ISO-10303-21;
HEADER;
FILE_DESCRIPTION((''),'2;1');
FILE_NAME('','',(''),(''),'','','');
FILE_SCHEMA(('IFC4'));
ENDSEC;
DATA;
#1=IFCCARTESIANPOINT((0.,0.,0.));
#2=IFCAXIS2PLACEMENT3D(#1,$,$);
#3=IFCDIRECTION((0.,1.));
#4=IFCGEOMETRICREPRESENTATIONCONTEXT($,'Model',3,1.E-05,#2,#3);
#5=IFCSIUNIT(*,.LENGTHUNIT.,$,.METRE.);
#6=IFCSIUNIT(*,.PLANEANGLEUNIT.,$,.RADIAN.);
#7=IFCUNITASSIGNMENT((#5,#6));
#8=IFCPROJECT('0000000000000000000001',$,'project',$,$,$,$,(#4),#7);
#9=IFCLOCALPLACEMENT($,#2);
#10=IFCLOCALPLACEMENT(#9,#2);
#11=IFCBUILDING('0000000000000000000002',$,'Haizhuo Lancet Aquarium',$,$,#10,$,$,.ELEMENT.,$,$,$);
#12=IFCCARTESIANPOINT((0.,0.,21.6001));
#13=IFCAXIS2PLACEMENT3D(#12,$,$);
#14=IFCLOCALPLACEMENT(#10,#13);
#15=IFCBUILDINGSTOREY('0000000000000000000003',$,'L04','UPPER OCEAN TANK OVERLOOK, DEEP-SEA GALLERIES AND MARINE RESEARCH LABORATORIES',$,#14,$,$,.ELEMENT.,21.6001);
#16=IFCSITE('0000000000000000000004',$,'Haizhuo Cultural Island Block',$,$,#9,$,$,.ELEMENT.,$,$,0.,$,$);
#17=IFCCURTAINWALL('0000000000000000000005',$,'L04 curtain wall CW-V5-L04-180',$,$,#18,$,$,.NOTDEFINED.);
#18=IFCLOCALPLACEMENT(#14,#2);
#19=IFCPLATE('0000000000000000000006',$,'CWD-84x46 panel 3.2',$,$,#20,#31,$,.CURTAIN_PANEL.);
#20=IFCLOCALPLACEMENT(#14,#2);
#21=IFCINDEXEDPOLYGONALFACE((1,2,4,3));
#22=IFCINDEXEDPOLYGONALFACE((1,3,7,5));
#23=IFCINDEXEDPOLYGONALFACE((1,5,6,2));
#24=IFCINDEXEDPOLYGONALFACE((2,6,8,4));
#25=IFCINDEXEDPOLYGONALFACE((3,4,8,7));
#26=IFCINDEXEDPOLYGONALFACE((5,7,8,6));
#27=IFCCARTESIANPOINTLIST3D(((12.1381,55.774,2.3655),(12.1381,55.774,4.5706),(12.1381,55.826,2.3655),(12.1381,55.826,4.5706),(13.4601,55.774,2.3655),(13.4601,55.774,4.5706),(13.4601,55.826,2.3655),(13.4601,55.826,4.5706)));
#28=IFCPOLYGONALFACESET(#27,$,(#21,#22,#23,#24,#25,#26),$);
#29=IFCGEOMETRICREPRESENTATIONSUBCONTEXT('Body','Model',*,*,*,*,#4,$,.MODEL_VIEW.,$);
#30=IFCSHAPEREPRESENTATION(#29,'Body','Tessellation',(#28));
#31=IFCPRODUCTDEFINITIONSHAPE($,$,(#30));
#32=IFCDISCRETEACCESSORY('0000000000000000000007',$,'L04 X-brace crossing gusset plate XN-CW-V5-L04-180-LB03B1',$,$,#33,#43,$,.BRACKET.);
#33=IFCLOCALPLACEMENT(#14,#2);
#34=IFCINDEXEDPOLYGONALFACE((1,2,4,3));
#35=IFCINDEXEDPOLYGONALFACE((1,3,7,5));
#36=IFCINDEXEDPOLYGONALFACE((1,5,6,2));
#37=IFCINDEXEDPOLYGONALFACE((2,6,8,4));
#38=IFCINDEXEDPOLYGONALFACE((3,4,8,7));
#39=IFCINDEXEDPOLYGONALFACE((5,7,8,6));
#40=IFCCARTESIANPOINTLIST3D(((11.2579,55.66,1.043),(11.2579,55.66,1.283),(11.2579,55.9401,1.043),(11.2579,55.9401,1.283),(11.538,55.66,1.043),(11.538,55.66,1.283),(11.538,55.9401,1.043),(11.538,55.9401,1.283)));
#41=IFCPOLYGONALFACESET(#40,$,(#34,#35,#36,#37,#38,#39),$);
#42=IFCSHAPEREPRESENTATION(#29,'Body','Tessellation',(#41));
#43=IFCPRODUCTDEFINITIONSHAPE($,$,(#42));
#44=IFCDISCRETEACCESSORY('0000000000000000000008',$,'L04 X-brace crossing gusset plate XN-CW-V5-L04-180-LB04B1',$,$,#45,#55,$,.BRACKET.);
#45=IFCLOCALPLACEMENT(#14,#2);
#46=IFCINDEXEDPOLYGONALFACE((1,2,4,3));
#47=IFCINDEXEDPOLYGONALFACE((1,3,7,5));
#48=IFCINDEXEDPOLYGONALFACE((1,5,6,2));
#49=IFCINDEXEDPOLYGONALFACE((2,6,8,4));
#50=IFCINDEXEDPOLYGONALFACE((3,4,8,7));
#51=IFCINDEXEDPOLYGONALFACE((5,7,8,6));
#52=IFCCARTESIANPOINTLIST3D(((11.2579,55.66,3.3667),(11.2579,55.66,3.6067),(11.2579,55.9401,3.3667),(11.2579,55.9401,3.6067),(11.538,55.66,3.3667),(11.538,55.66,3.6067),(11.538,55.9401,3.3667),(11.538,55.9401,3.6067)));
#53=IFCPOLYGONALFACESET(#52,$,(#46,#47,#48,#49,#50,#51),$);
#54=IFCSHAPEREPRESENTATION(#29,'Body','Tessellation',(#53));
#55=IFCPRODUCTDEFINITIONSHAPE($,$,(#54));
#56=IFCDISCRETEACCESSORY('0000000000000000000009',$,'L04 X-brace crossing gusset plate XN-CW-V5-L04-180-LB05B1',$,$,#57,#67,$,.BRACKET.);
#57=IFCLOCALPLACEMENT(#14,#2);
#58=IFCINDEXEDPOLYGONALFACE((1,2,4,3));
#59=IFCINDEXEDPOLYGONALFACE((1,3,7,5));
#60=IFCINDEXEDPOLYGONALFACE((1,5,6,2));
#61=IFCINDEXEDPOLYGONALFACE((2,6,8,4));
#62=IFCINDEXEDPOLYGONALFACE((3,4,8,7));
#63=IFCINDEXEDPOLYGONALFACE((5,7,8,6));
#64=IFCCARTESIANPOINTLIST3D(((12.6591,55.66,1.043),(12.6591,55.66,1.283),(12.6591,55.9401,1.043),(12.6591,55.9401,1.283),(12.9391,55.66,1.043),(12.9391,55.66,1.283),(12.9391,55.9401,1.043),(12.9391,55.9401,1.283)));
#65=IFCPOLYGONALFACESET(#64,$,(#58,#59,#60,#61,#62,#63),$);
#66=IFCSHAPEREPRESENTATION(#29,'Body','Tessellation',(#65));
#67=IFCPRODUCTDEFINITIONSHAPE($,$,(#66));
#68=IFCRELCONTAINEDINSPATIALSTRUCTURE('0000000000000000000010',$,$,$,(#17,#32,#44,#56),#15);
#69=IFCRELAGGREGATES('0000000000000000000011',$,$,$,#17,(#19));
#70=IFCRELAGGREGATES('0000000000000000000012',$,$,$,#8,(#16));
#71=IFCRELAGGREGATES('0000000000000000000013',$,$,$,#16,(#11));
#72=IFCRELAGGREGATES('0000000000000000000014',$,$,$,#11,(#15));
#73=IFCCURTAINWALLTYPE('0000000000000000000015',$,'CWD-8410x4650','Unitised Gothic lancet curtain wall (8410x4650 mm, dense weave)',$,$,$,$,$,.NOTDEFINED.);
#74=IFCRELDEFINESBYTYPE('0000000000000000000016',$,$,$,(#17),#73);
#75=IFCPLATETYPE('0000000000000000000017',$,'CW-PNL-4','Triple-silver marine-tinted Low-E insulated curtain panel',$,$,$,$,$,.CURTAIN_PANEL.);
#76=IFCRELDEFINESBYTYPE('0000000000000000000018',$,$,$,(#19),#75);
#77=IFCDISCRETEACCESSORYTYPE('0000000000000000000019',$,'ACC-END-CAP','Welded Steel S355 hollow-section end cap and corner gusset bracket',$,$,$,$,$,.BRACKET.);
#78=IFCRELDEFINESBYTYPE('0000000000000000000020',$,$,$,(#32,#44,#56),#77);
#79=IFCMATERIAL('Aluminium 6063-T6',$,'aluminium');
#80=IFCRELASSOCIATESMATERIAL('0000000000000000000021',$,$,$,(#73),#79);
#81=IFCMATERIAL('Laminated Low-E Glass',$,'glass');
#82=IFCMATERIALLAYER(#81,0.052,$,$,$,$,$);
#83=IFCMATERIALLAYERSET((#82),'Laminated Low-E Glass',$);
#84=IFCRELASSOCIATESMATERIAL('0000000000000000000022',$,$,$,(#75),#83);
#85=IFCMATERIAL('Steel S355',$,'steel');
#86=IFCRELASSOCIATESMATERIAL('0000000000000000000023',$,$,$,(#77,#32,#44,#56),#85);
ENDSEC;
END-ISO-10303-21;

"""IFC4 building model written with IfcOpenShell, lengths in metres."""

from ifc_helpers import new_model, si_unit, direction, frame, origin, origin_2d, place, context, subcontext, project, spatial, rectangle, extrude, material, layer, layer_set, type_object, element, aggregate, save


model = new_model("IFC4")

# Units and contexts
model_context = context("Model", 3, precision=1e-05, world=origin(), true_north=direction((0.0, 1.0)))
body_context = subcontext(model_context, "Body", "Model", "MODEL_VIEW")
ifc_project = project(units=[si_unit("LENGTHUNIT", "METRE"), si_unit("PLANEANGLEUNIT", "RADIAN")], contexts=[model_context])

# Site, building, storey
site_placement = place(None, origin())
site = spatial("IfcSite", under=ifc_project, at=site_placement, Name="Haizhuo Cultural Island Block", CompositionType="ELEMENT", RefElevation=0.0)
building_placement = place(site_placement, origin())
building = spatial("IfcBuilding", under=site, at=building_placement, Name="Haizhuo Lancet Aquarium", CompositionType="ELEMENT")
storey_placement = place(building_placement, frame((0.0, 0.0, 21.6001)))
storey = spatial("IfcBuildingStorey", under=building, at=storey_placement, Name="L04", Description="UPPER OCEAN TANK OVERLOOK, DEEP-SEA GALLERIES AND MARINE RESEARCH LABORATORIES", CompositionType="ELEMENT", Elevation=21.6001)

# Curtain wall
ifc_material_1 = material(Name="Aluminium 6063-T6", Category="aluminium")
curtain_wall_type = type_object("IfcCurtainWallType", Name="CWD-8410x4650", Description="Unitised Gothic lancet curtain wall (8410x4650 mm, dense weave)", PredefinedType="NOTDEFINED", material=ifc_material_1)
curtain_wall_placement = place(storey_placement, origin())
curtain_wall = element("IfcCurtainWall", 1, at=curtain_wall_placement, inside=storey, type_object=curtain_wall_type, Name="L04 curtain wall CW-V5-L04-180", PredefinedType="NOTDEFINED")

# Shared definitions
ifc_material_2 = material(Name="Steel S355", Category="steel")

# Plate
ifc_material_3 = material(Name="Laminated Low-E Glass", Category="glass")
ifc_layer = layer(ifc_material_3, 0.052)
ifc_layer_set = layer_set([ifc_layer], Name="Laminated Low-E Glass")
plate_type = type_object("IfcPlateType", Name="CW-PNL-4", Description="Triple-silver marine-tinted Low-E insulated curtain panel", PredefinedType="CURTAIN_PANEL", material=ifc_layer_set)
plate_1_placement = place(storey_placement, frame((12.7991, 55.8, 2.3655), z_axis=(0.0, 0.0, 1.0), x_axis=(1.0, 0.0, 0.0)))
plate_1 = element("IfcPlate", 2, at=plate_1_placement, type_object=plate_type, Name="CWD-84x46 panel 3.2", PredefinedType="CURTAIN_PANEL", context=body_context, shape_type="SweptSolid", body=[
    extrude(rectangle(XDim=1.322, YDim=0.052, at=origin_2d()), origin(), (0.0, 0.0, 1.0), 2.2051),
])
aggregate(curtain_wall, [plate_1])

# Discrete accessories
discrete_accessory_type = type_object("IfcDiscreteAccessoryType", Name="ACC-END-CAP", Description="Welded Steel S355 hollow-section end cap and corner gusset bracket", PredefinedType="BRACKET", material=ifc_material_2)
for number, where, z_axis, x_axis, name in (
    (3, (11.3979, 55.8, 1.043), (0.0, 0.0, 1.0), (1.0, 0.0, 0.0), "L04 X-brace crossing gusset plate XN-CW-V5-L04-180-LB03B1"),
    (4, (11.3979, 55.8, 3.3667), (0.0, 0.0, 1.0), (1.0, 0.0, 0.0), "L04 X-brace crossing gusset plate XN-CW-V5-L04-180-LB04B1"),
    (5, (12.7991, 55.8, 1.043), (0.0, 0.0, 1.0), (1.0, 0.0, 0.0), "L04 X-brace crossing gusset plate XN-CW-V5-L04-180-LB05B1"),
):
    element("IfcDiscreteAccessory", number, at=place(storey_placement, frame(where, z_axis=z_axis, x_axis=x_axis)), inside=storey, type_object=discrete_accessory_type, material=ifc_material_2, Name=name, PredefinedType="BRACKET", context=body_context, shape_type="SweptSolid", body=[
        extrude(rectangle(XDim=0.28, YDim=0.28, at=origin_2d()), origin(), (0.0, 0.0, 1.0), 0.24),
    ])

save(model, "model.ifc")
